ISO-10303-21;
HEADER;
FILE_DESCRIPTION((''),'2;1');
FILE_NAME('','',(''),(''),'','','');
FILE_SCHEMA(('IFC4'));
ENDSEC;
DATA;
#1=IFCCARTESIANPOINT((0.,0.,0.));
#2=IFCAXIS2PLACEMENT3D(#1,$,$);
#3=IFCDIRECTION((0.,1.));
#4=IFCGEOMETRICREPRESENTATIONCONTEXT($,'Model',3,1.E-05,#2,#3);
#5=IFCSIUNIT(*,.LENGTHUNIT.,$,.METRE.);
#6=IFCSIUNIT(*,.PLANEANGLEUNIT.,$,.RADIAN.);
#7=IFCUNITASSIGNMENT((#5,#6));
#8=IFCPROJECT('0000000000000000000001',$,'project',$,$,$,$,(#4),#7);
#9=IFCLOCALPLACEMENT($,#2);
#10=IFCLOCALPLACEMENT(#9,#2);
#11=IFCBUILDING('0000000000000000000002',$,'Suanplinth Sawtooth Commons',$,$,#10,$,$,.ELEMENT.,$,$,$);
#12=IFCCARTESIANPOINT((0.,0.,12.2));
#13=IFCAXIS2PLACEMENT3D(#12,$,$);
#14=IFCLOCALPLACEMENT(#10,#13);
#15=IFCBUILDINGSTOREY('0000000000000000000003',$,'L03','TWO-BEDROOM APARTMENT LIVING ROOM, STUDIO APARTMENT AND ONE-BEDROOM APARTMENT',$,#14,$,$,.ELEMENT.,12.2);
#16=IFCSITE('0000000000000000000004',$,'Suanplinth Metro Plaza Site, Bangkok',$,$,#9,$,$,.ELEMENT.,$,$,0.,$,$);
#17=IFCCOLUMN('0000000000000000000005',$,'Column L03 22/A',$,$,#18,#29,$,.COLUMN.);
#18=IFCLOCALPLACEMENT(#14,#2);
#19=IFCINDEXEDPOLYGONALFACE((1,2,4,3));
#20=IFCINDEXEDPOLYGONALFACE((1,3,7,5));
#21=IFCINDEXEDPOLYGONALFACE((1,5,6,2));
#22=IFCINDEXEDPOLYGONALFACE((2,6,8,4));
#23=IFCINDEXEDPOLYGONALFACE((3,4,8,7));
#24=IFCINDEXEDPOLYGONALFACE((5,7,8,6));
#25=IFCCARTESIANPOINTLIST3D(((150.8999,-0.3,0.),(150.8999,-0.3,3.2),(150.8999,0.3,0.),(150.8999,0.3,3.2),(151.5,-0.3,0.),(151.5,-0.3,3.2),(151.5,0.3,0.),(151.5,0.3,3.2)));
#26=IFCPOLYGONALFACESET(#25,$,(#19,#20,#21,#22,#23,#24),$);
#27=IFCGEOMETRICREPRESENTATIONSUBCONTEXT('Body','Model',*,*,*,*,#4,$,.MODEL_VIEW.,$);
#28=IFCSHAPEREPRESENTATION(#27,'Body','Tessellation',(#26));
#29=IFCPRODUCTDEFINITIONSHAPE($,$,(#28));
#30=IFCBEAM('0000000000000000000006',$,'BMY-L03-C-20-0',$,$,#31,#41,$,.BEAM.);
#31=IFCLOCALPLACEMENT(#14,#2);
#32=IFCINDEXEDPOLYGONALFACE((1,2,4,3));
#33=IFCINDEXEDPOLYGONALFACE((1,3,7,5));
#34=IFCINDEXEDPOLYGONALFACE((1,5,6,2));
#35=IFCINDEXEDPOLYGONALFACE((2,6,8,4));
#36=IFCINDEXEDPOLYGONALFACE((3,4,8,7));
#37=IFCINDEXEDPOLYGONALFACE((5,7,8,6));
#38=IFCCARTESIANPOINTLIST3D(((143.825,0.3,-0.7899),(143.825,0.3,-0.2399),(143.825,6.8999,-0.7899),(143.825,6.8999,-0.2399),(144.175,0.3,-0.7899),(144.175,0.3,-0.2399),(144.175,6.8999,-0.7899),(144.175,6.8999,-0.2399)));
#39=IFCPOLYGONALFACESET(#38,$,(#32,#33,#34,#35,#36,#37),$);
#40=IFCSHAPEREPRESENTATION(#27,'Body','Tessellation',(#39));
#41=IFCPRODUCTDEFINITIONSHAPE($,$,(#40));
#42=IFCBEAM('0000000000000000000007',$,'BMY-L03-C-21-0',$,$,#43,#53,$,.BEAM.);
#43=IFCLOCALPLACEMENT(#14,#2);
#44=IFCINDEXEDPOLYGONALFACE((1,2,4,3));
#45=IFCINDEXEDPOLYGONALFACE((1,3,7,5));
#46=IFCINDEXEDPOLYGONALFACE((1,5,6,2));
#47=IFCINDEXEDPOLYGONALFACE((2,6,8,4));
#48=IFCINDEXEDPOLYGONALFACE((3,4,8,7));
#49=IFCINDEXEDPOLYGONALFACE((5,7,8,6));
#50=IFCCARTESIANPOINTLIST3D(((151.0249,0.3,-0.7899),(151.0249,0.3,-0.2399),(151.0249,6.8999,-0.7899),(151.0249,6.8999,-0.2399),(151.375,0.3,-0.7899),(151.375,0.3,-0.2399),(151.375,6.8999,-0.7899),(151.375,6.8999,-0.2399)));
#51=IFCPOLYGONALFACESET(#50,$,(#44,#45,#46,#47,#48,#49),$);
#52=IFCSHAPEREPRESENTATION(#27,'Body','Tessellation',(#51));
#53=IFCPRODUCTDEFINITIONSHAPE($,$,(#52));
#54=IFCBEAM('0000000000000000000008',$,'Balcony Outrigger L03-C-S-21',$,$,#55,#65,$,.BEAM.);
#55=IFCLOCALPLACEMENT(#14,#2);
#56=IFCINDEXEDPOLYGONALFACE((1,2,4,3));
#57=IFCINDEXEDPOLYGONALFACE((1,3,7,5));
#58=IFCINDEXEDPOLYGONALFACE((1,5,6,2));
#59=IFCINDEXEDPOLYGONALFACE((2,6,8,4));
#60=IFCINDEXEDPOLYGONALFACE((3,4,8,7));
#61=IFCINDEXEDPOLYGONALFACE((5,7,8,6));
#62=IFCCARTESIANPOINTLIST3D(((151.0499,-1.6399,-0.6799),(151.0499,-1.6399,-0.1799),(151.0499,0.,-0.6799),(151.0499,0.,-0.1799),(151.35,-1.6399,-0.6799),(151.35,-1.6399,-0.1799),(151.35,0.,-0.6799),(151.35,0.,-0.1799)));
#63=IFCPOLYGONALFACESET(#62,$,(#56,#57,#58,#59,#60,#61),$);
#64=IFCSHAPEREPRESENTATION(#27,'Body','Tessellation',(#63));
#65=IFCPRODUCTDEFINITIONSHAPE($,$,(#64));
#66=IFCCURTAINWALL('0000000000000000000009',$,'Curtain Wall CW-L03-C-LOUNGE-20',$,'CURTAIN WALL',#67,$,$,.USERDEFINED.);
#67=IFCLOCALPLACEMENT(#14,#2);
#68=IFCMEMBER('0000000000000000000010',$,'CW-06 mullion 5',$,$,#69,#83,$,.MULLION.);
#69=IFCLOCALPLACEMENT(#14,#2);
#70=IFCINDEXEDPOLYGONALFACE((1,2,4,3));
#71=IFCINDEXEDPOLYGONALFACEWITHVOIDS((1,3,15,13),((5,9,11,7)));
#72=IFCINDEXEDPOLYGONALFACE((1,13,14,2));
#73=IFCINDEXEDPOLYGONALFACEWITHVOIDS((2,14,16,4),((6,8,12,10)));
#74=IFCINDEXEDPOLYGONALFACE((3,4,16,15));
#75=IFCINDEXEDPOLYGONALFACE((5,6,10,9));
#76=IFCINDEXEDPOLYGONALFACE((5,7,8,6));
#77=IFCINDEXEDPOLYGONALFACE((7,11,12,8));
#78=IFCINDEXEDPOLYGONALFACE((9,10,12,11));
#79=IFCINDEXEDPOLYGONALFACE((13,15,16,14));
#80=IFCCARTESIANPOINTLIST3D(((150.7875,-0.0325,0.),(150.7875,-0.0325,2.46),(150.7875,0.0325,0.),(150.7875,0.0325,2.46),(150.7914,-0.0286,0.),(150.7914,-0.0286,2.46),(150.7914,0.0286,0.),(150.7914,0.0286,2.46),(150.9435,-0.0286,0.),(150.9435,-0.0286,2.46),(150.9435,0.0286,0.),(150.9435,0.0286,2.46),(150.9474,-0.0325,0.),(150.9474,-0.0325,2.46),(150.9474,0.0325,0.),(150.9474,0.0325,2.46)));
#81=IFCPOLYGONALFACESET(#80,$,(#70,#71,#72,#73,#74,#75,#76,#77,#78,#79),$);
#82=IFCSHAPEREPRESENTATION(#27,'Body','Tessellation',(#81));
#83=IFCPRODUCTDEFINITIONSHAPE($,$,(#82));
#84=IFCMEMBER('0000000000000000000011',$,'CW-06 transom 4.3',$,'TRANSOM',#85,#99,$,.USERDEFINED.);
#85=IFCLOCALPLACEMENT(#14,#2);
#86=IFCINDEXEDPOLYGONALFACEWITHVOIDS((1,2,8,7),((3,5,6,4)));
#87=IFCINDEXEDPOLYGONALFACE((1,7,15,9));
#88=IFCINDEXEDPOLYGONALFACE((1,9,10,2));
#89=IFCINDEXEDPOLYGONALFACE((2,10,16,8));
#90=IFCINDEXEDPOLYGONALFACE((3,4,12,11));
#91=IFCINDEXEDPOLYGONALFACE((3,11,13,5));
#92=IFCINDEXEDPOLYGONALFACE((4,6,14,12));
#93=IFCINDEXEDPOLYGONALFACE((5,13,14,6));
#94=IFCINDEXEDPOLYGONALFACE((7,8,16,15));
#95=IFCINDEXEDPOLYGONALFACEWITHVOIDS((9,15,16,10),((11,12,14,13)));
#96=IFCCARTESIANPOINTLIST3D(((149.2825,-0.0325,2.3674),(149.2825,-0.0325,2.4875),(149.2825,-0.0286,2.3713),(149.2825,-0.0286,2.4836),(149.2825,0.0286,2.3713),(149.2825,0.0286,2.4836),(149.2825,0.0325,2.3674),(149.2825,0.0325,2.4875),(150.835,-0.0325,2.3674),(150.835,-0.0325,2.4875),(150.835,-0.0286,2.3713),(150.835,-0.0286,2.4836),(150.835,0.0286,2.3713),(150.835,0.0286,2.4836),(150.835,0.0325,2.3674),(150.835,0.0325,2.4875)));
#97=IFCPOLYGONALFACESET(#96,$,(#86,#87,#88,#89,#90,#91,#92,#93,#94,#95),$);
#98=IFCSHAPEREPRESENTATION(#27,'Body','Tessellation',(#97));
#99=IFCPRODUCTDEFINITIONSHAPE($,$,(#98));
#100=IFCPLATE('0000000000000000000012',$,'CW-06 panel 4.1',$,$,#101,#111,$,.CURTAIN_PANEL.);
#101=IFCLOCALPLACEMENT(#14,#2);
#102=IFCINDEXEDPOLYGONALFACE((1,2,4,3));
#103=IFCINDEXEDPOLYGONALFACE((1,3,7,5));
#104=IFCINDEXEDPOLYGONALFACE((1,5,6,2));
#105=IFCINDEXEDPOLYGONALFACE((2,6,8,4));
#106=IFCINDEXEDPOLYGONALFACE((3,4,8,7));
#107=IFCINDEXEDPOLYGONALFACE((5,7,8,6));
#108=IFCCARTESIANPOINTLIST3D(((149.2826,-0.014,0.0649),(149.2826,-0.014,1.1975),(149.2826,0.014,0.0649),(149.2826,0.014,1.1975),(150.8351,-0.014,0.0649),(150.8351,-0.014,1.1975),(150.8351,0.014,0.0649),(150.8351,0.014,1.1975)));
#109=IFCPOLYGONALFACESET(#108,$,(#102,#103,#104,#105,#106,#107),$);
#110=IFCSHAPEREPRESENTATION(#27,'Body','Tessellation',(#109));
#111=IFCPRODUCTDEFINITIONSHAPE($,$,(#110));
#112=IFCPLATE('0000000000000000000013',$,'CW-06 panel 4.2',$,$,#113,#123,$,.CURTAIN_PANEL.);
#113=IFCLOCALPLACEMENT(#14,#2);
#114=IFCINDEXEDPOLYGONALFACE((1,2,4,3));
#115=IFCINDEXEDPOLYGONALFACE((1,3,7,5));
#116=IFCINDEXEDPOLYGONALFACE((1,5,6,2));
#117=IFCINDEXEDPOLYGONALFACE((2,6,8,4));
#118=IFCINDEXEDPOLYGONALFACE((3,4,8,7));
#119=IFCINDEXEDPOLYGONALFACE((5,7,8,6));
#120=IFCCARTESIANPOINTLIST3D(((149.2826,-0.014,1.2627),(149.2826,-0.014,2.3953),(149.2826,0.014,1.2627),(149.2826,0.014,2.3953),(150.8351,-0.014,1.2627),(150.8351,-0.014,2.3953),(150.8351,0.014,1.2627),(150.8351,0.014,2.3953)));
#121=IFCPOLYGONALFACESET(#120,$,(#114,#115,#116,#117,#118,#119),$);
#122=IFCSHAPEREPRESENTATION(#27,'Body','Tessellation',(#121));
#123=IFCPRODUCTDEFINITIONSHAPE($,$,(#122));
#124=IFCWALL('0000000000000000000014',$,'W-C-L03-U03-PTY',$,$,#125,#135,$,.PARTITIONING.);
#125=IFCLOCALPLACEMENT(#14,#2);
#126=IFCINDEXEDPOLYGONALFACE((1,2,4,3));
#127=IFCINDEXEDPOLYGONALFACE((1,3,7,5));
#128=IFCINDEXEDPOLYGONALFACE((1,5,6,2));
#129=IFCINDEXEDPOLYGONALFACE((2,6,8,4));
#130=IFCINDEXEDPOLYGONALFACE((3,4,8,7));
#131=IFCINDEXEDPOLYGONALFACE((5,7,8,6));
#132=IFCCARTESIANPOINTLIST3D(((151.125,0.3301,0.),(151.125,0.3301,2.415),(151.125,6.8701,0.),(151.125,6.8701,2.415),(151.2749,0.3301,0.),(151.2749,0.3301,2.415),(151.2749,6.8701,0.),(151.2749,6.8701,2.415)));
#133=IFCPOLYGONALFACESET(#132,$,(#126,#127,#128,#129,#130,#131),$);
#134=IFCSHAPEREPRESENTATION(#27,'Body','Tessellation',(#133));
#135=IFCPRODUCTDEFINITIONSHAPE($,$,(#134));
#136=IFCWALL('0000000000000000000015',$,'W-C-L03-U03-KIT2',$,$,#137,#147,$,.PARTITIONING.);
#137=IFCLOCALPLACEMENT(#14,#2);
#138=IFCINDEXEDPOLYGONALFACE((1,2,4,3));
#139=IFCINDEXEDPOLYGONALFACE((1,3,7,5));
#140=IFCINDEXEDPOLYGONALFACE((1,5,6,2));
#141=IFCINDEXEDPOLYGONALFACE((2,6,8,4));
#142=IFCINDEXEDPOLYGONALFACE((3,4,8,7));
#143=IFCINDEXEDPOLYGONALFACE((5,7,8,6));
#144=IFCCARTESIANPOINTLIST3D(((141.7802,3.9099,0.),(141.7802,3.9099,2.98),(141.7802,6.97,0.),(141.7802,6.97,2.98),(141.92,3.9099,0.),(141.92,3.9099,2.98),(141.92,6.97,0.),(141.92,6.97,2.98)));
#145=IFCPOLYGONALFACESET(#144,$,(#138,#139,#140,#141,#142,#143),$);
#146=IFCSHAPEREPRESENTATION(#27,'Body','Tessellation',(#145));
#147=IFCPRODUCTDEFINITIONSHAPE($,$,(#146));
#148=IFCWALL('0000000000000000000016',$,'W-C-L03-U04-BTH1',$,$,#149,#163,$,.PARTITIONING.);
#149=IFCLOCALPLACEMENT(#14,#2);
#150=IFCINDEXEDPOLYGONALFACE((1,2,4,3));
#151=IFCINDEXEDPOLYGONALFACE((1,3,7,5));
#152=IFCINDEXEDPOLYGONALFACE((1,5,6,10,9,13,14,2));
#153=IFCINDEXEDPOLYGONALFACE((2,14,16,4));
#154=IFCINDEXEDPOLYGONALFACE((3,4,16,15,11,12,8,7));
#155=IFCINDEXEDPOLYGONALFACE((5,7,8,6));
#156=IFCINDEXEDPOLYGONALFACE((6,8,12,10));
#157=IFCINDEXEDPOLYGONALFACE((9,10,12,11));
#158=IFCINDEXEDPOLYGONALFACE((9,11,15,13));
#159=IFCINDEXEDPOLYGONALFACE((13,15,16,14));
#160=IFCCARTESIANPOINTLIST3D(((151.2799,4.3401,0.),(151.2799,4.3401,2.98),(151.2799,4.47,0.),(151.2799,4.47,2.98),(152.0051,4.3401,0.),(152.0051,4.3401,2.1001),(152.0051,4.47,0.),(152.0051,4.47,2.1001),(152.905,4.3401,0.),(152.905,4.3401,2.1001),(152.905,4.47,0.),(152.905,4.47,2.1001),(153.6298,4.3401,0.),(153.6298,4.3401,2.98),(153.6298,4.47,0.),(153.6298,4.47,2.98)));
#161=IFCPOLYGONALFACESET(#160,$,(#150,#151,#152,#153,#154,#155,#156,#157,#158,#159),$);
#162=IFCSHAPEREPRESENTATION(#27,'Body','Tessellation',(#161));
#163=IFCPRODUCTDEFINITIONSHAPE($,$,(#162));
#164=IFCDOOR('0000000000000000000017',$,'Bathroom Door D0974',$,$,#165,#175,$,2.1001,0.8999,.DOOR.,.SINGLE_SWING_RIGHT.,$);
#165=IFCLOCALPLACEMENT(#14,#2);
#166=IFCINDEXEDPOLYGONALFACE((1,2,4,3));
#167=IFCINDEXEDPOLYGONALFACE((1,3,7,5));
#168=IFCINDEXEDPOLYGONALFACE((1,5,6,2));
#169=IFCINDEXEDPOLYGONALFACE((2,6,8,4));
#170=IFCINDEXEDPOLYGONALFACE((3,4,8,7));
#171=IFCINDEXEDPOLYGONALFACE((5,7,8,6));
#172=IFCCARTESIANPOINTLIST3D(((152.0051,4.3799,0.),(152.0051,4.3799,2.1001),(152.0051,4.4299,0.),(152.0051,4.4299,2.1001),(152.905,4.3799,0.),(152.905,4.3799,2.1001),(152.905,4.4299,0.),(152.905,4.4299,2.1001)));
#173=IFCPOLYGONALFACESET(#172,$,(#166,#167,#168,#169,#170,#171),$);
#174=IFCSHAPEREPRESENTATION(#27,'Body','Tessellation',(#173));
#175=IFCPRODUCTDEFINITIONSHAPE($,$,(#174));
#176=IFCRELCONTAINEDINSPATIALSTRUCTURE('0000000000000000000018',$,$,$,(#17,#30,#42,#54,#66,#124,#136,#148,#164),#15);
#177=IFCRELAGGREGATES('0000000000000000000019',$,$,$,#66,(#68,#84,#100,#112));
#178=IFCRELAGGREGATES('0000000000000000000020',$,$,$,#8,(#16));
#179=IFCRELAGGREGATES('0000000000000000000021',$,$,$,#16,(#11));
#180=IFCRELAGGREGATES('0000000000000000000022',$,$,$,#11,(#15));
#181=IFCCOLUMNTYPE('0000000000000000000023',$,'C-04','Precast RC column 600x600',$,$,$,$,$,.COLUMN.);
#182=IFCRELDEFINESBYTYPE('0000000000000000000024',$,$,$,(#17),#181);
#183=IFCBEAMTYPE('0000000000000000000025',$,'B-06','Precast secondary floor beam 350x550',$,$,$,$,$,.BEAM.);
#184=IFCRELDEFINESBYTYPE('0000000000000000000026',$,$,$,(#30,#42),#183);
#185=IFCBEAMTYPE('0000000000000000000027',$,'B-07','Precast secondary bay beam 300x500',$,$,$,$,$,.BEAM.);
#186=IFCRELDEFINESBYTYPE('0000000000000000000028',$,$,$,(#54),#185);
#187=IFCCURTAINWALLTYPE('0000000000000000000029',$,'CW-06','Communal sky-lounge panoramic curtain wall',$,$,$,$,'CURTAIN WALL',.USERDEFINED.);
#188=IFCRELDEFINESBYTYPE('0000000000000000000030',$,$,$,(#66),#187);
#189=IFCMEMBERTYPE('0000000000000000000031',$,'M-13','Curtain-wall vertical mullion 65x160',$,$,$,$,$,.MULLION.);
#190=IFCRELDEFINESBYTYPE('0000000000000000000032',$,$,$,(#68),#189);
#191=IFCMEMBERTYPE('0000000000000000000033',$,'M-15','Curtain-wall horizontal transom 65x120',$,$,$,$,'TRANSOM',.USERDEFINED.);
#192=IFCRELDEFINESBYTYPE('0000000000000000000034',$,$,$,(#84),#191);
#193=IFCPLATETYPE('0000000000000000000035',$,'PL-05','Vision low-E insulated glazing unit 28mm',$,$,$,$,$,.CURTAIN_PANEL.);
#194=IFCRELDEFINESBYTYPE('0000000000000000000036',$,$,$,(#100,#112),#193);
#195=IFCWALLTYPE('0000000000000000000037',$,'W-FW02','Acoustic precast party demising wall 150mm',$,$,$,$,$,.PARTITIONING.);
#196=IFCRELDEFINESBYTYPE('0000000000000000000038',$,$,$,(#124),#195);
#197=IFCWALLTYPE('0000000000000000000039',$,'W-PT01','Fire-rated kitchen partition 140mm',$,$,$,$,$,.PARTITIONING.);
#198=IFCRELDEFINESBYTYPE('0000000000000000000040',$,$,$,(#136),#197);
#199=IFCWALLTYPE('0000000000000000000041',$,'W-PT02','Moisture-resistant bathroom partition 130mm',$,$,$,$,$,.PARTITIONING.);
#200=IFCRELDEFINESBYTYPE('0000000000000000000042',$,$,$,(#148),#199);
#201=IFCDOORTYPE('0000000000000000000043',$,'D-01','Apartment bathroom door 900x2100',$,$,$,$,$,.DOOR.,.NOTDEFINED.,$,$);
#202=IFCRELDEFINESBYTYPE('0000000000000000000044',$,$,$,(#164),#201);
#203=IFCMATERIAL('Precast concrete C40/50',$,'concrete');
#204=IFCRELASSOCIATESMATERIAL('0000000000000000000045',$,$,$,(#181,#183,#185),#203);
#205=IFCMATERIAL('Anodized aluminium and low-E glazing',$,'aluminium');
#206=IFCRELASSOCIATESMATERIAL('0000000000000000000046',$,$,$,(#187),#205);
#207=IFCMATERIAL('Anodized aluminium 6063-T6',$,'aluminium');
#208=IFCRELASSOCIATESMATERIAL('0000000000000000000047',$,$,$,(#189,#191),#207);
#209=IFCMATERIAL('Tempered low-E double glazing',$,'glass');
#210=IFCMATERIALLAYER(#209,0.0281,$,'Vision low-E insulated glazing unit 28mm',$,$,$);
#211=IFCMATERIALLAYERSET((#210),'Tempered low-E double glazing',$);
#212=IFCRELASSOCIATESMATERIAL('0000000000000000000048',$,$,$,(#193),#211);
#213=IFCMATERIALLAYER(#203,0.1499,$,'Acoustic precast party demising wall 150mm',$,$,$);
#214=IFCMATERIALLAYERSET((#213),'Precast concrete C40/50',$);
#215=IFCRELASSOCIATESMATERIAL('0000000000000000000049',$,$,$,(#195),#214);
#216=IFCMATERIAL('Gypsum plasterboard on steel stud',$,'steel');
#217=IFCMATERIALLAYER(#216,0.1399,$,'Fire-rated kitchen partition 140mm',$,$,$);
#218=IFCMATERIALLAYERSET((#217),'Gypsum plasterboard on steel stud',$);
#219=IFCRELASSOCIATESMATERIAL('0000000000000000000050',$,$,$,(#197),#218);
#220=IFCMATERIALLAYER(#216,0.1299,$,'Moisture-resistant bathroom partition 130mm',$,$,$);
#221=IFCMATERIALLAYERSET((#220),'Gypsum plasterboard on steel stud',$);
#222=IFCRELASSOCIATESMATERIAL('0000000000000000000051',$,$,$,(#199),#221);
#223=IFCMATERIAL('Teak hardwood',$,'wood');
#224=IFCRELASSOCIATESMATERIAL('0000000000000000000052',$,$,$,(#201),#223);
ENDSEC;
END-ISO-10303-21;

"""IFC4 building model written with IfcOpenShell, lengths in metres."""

from ifc_helpers import new_model, si_unit, direction, frame, frame_2d, origin, origin_2d, place, context, subcontext, project, spatial, rectangle, hollow_rectangle, extrude, material, layer, layer_set, material_profile, profile_set, type_object, element, fill, aggregate, save


model = new_model("IFC4")

# Units and contexts
model_context = context("Model", 3, precision=1e-05, world=origin(), true_north=direction((0.0, 1.0)))
body_context = subcontext(model_context, "Body", "Model", "MODEL_VIEW")
ifc_project = project(units=[si_unit("LENGTHUNIT", "METRE"), si_unit("PLANEANGLEUNIT", "RADIAN")], contexts=[model_context])

# Site, building, storey
site_placement = place(None, origin())
site = spatial("IfcSite", under=ifc_project, at=site_placement, Name="Suanplinth Metro Plaza Site, Bangkok", CompositionType="ELEMENT", RefElevation=0.0)
building_placement = place(site_placement, origin())
building = spatial("IfcBuilding", under=site, at=building_placement, Name="Suanplinth Sawtooth Commons", CompositionType="ELEMENT")
storey_placement = place(building_placement, frame((0.0, 0.0, 12.2)))
storey = spatial("IfcBuildingStorey", under=building, at=storey_placement, Name="L03", Description="TWO-BEDROOM APARTMENT LIVING ROOM, STUDIO APARTMENT AND ONE-BEDROOM APARTMENT", CompositionType="ELEMENT", Elevation=12.2)

# Column
ifc_material_1 = material(Name="Precast concrete C40/50", Category="concrete")
ifc_material_profile_1 = material_profile(ifc_material_1, rectangle(XDim=0.6001, YDim=0.6001, at=origin_2d()), Name="PC-COL 600x600")
ifc_profile_set_1 = profile_set([ifc_material_profile_1], Name="Precast concrete C40/50")
column_type = type_object("IfcColumnType", Name="C-04", Description="Precast RC column 600x600", PredefinedType="COLUMN", material=ifc_profile_set_1)
column_placement = place(storey_placement, frame((151.2, 0.0, 0.0), z_axis=(0.0, 0.0, 1.0), x_axis=(1.0, 0.0, 0.0)))
element("IfcColumn", 1, at=column_placement, inside=storey, type_object=column_type, Name="Column L03 22/A", PredefinedType="COLUMN", context=body_context, shape_type="SweptSolid", body=[
    extrude(rectangle(XDim=0.6001, YDim=0.6001, at=origin_2d()), origin(), (0.0, 0.0, 1.0), 3.2),
])

# Beams
ifc_material_profile_2 = material_profile(ifc_material_1, rectangle(XDim=0.3501, YDim=0.55, at=origin_2d()), Name="PC-BM 350x550")
ifc_profile_set_2 = profile_set([ifc_material_profile_2], Name="Precast concrete C40/50")
beam_type_1 = type_object("IfcBeamType", Name="B-06", Description="Precast secondary floor beam 350x550", PredefinedType="BEAM", material=ifc_profile_set_2)
for number, where, z_axis, x_axis, name in (
    (2, (144.0, 0.3, -0.5149), (0.0, 1.0, 0.0), (-1.0, 0.0, 0.0), "BMY-L03-C-20-0"),
    (3, (151.2, 0.3, -0.5149), (0.0, 1.0, 0.0), (-1.0, 0.0, 0.0), "BMY-L03-C-21-0"),
):
    element("IfcBeam", number, at=place(storey_placement, frame(where, z_axis=z_axis, x_axis=x_axis)), inside=storey, type_object=beam_type_1, Name=name, PredefinedType="BEAM", context=body_context, shape_type="SweptSolid", body=[
        extrude(rectangle(XDim=0.3501, YDim=0.55, at=origin_2d()), origin(), (0.0, 0.0, 1.0), 6.5999),
    ])
ifc_material_profile_3 = material_profile(ifc_material_1, rectangle(XDim=0.3, YDim=0.5, at=origin_2d()), Name="PC-BM 300x500")
ifc_profile_set_3 = profile_set([ifc_material_profile_3], Name="Precast concrete C40/50")
beam_type_2 = type_object("IfcBeamType", Name="B-07", Description="Precast secondary bay beam 300x500", PredefinedType="BEAM", material=ifc_profile_set_3)
beam_placement = place(storey_placement, frame((151.2, 0.0, -0.4299), z_axis=(0.0, -1.0, 0.0), x_axis=(1.0, 0.0, 0.0)))
element("IfcBeam", 4, at=beam_placement, inside=storey, type_object=beam_type_2, Name="Balcony Outrigger L03-C-S-21", PredefinedType="BEAM", context=body_context, shape_type="SweptSolid", body=[
    extrude(rectangle(XDim=0.3, YDim=0.5, at=origin_2d()), origin(), (0.0, 0.0, 1.0), 1.6399),
])

# Curtain wall, members, plates
ifc_material_2 = material(Name="Anodized aluminium and low-E glazing", Category="aluminium")
curtain_wall_type = type_object("IfcCurtainWallType", Name="CW-06", Description="Communal sky-lounge panoramic curtain wall", ElementType="CURTAIN WALL", PredefinedType="USERDEFINED", material=ifc_material_2)
curtain_wall_placement = place(storey_placement, origin())
curtain_wall = element("IfcCurtainWall", 5, at=curtain_wall_placement, inside=storey, type_object=curtain_wall_type, Name="Curtain Wall CW-L03-C-LOUNGE-20", ObjectType="CURTAIN WALL", PredefinedType="USERDEFINED")
ifc_material_3 = material(Name="Anodized aluminium 6063-T6", Category="aluminium")
ifc_material_profile_4 = material_profile(ifc_material_3, hollow_rectangle(XDim=0.0649, YDim=0.1599, WallThickness=0.0039, at=origin_2d()), Name="ALU-MUL 65x160")
ifc_profile_set_4 = profile_set([ifc_material_profile_4], Name="Anodized aluminium 6063-T6")
member_type_1 = type_object("IfcMemberType", Name="M-13", Description="Curtain-wall vertical mullion 65x160", PredefinedType="MULLION", material=ifc_profile_set_4)
member_1_placement = place(storey_placement, frame((150.8674, 0.0, 0.0), z_axis=(0.0, 0.0, 1.0), x_axis=(0.0, 1.0, 0.0)))
member_1 = element("IfcMember", 6, at=member_1_placement, type_object=member_type_1, Name="CW-06 mullion 5", PredefinedType="MULLION", context=body_context, shape_type="SweptSolid", body=[
    extrude(hollow_rectangle(XDim=0.0649, YDim=0.1599, WallThickness=0.0039, at=origin_2d()), origin(), (0.0, 0.0, 1.0), 2.46),
])
ifc_material_profile_5 = material_profile(ifc_material_3, hollow_rectangle(XDim=0.0649, YDim=0.1201, WallThickness=0.0039, at=origin_2d()), Name="ALU-TRN 65x120")
ifc_profile_set_5 = profile_set([ifc_material_profile_5], Name="Anodized aluminium 6063-T6")
member_type_2 = type_object("IfcMemberType", Name="M-15", Description="Curtain-wall horizontal transom 65x120", ElementType="TRANSOM", PredefinedType="USERDEFINED", material=ifc_profile_set_5)
member_2_placement = place(storey_placement, frame((149.2825, 0.0, 2.4275), z_axis=(1.0, 0.0, 0.0), x_axis=(0.0, 1.0, 0.0)))
member_2 = element("IfcMember", 7, at=member_2_placement, type_object=member_type_2, Name="CW-06 transom 4.3", ObjectType="TRANSOM", PredefinedType="USERDEFINED", context=body_context, shape_type="SweptSolid", body=[
    extrude(hollow_rectangle(XDim=0.0649, YDim=0.1201, WallThickness=0.0039, at=origin_2d()), origin(), (0.0, 0.0, 1.0), 1.5525),
])
ifc_material_4 = material(Name="Tempered low-E double glazing", Category="glass")
ifc_layer_1 = layer(ifc_material_4, 0.0281, Name="Vision low-E insulated glazing unit 28mm")
ifc_layer_set_1 = layer_set([ifc_layer_1], Name="Tempered low-E double glazing")
plate_type = type_object("IfcPlateType", Name="PL-05", Description="Vision low-E insulated glazing unit 28mm", PredefinedType="CURTAIN_PANEL", material=ifc_layer_set_1)
plate_1_placement = place(storey_placement, frame((150.0588, 0.0, 0.0649), z_axis=(0.0, 0.0, 1.0), x_axis=(1.0, 0.0, 0.0)))
plate_1 = element("IfcPlate", 8, at=plate_1_placement, type_object=plate_type, Name="CW-06 panel 4.1", PredefinedType="CURTAIN_PANEL", context=body_context, shape_type="SweptSolid", body=[
    extrude(rectangle(XDim=1.5525, YDim=0.0281, at=origin_2d()), origin(), (0.0, 0.0, 1.0), 1.1326),
])
plate_2_placement = place(storey_placement, frame((150.0588, 0.0, 1.2627), z_axis=(0.0, 0.0, 1.0), x_axis=(1.0, 0.0, 0.0)))
plate_2 = element("IfcPlate", 9, at=plate_2_placement, type_object=plate_type, Name="CW-06 panel 4.2", PredefinedType="CURTAIN_PANEL", context=body_context, shape_type="SweptSolid", body=[
    extrude(rectangle(XDim=1.5525, YDim=0.0281, at=origin_2d()), origin(), (0.0, 0.0, 1.0), 1.1326),
])
aggregate(curtain_wall, [member_1, member_2, plate_1, plate_2])

# Walls
ifc_layer_2 = layer(ifc_material_1, 0.1499, Name="Acoustic precast party demising wall 150mm")
ifc_layer_set_2 = layer_set([ifc_layer_2], Name="Precast concrete C40/50")
wall_type_1 = type_object("IfcWallType", Name="W-FW02", Description="Acoustic precast party demising wall 150mm", PredefinedType="PARTITIONING", material=ifc_layer_set_2)
wall_1_placement = place(storey_placement, frame((151.2, 0.3301, 0.0), z_axis=(0.0, 0.0, 1.0), x_axis=(0.0, 1.0, 0.0)))
element("IfcWall", 10, at=wall_1_placement, inside=storey, type_object=wall_type_1, Name="W-C-L03-U03-PTY", PredefinedType="PARTITIONING", context=body_context, shape_type="SweptSolid", body=[
    extrude(rectangle(XDim=6.54, YDim=0.1499, at=frame_2d((3.27, 0.0))), origin(), (0.0, 0.0, 1.0), 2.415),
])
ifc_material_5 = material(Name="Gypsum plasterboard on steel stud", Category="steel")
ifc_layer_3 = layer(ifc_material_5, 0.1399, Name="Fire-rated kitchen partition 140mm")
ifc_layer_set_3 = layer_set([ifc_layer_3], Name="Gypsum plasterboard on steel stud")
wall_type_2 = type_object("IfcWallType", Name="W-PT01", Description="Fire-rated kitchen partition 140mm", PredefinedType="PARTITIONING", material=ifc_layer_set_3)
wall_2_placement = place(storey_placement, frame((141.8501, 3.9099, 0.0), z_axis=(0.0, 0.0, 1.0), x_axis=(0.0, 1.0, 0.0)))
element("IfcWall", 11, at=wall_2_placement, inside=storey, type_object=wall_type_2, Name="W-C-L03-U03-KIT2", PredefinedType="PARTITIONING", context=body_context, shape_type="SweptSolid", body=[
    extrude(rectangle(XDim=3.0601, YDim=0.1399, at=frame_2d((1.53, 0.0))), origin(), (0.0, 0.0, 1.0), 2.98),
])

# Wall, opening, door
ifc_layer_4 = layer(ifc_material_5, 0.1299, Name="Moisture-resistant bathroom partition 130mm")
ifc_layer_set_4 = layer_set([ifc_layer_4], Name="Gypsum plasterboard on steel stud")
wall_type_3 = type_object("IfcWallType", Name="W-PT02", Description="Moisture-resistant bathroom partition 130mm", PredefinedType="PARTITIONING", material=ifc_layer_set_4)
wall_3_placement = place(storey_placement, frame((151.28, 4.405, 0.0), z_axis=(0.0, 0.0, 1.0), x_axis=(1.0, 0.0, 0.0)))
wall_3 = element("IfcWall", 12, at=wall_3_placement, inside=storey, type_object=wall_type_3, Name="W-C-L03-U04-BTH1", PredefinedType="PARTITIONING", context=body_context, shape_type="SweptSolid", body=[
    extrude(rectangle(XDim=2.3499, YDim=0.1299, at=frame_2d((1.1748, 0.0))), origin(), (0.0, 0.0, 1.0), 2.98),
])
opening_1_placement = place(wall_3_placement, frame((0.7251, 0.0, 0.0)))
opening_1 = element("IfcOpeningElement", 13, at=opening_1_placement, cuts=wall_3, PredefinedType="OPENING", context=body_context, shape_type="SweptSolid", body=[
    extrude(rectangle(XDim=0.8999, YDim=2.1001, at=frame_2d((0.45, 1.05))), frame((0.0, 0.0798, 0.0), z_axis=(0.0, -1.0, 0.0), x_axis=(1.0, 0.0, 0.0)), (0.0, 0.0, 1.0), 0.1597),
])
ifc_material_6 = material(Name="Teak hardwood", Category="wood")
door_type_1 = type_object("IfcDoorType", Name="D-01", Description="Apartment bathroom door 900x2100", OperationType="NOTDEFINED", PredefinedType="DOOR", material=ifc_material_6)
door_1_placement = place(opening_1_placement, origin())
door_1 = element("IfcDoor", 14, at=door_1_placement, inside=storey, type_object=door_type_1, Name="Bathroom Door D0974", OperationType="SINGLE_SWING_RIGHT", OverallHeight=2.1001, OverallWidth=0.8999, PredefinedType="DOOR", context=body_context, shape_type="SweptSolid", body=[
    extrude(rectangle(XDim=0.8999, YDim=2.1001, at=frame_2d((0.45, 1.05))), frame((0.0, 0.0249, 0.0), z_axis=(0.0, -1.0, 0.0), x_axis=(1.0, 0.0, 0.0)), (0.0, 0.0, 1.0), 0.05),
])
fill(opening_1, door_1)

save(model, "model.ifc")
